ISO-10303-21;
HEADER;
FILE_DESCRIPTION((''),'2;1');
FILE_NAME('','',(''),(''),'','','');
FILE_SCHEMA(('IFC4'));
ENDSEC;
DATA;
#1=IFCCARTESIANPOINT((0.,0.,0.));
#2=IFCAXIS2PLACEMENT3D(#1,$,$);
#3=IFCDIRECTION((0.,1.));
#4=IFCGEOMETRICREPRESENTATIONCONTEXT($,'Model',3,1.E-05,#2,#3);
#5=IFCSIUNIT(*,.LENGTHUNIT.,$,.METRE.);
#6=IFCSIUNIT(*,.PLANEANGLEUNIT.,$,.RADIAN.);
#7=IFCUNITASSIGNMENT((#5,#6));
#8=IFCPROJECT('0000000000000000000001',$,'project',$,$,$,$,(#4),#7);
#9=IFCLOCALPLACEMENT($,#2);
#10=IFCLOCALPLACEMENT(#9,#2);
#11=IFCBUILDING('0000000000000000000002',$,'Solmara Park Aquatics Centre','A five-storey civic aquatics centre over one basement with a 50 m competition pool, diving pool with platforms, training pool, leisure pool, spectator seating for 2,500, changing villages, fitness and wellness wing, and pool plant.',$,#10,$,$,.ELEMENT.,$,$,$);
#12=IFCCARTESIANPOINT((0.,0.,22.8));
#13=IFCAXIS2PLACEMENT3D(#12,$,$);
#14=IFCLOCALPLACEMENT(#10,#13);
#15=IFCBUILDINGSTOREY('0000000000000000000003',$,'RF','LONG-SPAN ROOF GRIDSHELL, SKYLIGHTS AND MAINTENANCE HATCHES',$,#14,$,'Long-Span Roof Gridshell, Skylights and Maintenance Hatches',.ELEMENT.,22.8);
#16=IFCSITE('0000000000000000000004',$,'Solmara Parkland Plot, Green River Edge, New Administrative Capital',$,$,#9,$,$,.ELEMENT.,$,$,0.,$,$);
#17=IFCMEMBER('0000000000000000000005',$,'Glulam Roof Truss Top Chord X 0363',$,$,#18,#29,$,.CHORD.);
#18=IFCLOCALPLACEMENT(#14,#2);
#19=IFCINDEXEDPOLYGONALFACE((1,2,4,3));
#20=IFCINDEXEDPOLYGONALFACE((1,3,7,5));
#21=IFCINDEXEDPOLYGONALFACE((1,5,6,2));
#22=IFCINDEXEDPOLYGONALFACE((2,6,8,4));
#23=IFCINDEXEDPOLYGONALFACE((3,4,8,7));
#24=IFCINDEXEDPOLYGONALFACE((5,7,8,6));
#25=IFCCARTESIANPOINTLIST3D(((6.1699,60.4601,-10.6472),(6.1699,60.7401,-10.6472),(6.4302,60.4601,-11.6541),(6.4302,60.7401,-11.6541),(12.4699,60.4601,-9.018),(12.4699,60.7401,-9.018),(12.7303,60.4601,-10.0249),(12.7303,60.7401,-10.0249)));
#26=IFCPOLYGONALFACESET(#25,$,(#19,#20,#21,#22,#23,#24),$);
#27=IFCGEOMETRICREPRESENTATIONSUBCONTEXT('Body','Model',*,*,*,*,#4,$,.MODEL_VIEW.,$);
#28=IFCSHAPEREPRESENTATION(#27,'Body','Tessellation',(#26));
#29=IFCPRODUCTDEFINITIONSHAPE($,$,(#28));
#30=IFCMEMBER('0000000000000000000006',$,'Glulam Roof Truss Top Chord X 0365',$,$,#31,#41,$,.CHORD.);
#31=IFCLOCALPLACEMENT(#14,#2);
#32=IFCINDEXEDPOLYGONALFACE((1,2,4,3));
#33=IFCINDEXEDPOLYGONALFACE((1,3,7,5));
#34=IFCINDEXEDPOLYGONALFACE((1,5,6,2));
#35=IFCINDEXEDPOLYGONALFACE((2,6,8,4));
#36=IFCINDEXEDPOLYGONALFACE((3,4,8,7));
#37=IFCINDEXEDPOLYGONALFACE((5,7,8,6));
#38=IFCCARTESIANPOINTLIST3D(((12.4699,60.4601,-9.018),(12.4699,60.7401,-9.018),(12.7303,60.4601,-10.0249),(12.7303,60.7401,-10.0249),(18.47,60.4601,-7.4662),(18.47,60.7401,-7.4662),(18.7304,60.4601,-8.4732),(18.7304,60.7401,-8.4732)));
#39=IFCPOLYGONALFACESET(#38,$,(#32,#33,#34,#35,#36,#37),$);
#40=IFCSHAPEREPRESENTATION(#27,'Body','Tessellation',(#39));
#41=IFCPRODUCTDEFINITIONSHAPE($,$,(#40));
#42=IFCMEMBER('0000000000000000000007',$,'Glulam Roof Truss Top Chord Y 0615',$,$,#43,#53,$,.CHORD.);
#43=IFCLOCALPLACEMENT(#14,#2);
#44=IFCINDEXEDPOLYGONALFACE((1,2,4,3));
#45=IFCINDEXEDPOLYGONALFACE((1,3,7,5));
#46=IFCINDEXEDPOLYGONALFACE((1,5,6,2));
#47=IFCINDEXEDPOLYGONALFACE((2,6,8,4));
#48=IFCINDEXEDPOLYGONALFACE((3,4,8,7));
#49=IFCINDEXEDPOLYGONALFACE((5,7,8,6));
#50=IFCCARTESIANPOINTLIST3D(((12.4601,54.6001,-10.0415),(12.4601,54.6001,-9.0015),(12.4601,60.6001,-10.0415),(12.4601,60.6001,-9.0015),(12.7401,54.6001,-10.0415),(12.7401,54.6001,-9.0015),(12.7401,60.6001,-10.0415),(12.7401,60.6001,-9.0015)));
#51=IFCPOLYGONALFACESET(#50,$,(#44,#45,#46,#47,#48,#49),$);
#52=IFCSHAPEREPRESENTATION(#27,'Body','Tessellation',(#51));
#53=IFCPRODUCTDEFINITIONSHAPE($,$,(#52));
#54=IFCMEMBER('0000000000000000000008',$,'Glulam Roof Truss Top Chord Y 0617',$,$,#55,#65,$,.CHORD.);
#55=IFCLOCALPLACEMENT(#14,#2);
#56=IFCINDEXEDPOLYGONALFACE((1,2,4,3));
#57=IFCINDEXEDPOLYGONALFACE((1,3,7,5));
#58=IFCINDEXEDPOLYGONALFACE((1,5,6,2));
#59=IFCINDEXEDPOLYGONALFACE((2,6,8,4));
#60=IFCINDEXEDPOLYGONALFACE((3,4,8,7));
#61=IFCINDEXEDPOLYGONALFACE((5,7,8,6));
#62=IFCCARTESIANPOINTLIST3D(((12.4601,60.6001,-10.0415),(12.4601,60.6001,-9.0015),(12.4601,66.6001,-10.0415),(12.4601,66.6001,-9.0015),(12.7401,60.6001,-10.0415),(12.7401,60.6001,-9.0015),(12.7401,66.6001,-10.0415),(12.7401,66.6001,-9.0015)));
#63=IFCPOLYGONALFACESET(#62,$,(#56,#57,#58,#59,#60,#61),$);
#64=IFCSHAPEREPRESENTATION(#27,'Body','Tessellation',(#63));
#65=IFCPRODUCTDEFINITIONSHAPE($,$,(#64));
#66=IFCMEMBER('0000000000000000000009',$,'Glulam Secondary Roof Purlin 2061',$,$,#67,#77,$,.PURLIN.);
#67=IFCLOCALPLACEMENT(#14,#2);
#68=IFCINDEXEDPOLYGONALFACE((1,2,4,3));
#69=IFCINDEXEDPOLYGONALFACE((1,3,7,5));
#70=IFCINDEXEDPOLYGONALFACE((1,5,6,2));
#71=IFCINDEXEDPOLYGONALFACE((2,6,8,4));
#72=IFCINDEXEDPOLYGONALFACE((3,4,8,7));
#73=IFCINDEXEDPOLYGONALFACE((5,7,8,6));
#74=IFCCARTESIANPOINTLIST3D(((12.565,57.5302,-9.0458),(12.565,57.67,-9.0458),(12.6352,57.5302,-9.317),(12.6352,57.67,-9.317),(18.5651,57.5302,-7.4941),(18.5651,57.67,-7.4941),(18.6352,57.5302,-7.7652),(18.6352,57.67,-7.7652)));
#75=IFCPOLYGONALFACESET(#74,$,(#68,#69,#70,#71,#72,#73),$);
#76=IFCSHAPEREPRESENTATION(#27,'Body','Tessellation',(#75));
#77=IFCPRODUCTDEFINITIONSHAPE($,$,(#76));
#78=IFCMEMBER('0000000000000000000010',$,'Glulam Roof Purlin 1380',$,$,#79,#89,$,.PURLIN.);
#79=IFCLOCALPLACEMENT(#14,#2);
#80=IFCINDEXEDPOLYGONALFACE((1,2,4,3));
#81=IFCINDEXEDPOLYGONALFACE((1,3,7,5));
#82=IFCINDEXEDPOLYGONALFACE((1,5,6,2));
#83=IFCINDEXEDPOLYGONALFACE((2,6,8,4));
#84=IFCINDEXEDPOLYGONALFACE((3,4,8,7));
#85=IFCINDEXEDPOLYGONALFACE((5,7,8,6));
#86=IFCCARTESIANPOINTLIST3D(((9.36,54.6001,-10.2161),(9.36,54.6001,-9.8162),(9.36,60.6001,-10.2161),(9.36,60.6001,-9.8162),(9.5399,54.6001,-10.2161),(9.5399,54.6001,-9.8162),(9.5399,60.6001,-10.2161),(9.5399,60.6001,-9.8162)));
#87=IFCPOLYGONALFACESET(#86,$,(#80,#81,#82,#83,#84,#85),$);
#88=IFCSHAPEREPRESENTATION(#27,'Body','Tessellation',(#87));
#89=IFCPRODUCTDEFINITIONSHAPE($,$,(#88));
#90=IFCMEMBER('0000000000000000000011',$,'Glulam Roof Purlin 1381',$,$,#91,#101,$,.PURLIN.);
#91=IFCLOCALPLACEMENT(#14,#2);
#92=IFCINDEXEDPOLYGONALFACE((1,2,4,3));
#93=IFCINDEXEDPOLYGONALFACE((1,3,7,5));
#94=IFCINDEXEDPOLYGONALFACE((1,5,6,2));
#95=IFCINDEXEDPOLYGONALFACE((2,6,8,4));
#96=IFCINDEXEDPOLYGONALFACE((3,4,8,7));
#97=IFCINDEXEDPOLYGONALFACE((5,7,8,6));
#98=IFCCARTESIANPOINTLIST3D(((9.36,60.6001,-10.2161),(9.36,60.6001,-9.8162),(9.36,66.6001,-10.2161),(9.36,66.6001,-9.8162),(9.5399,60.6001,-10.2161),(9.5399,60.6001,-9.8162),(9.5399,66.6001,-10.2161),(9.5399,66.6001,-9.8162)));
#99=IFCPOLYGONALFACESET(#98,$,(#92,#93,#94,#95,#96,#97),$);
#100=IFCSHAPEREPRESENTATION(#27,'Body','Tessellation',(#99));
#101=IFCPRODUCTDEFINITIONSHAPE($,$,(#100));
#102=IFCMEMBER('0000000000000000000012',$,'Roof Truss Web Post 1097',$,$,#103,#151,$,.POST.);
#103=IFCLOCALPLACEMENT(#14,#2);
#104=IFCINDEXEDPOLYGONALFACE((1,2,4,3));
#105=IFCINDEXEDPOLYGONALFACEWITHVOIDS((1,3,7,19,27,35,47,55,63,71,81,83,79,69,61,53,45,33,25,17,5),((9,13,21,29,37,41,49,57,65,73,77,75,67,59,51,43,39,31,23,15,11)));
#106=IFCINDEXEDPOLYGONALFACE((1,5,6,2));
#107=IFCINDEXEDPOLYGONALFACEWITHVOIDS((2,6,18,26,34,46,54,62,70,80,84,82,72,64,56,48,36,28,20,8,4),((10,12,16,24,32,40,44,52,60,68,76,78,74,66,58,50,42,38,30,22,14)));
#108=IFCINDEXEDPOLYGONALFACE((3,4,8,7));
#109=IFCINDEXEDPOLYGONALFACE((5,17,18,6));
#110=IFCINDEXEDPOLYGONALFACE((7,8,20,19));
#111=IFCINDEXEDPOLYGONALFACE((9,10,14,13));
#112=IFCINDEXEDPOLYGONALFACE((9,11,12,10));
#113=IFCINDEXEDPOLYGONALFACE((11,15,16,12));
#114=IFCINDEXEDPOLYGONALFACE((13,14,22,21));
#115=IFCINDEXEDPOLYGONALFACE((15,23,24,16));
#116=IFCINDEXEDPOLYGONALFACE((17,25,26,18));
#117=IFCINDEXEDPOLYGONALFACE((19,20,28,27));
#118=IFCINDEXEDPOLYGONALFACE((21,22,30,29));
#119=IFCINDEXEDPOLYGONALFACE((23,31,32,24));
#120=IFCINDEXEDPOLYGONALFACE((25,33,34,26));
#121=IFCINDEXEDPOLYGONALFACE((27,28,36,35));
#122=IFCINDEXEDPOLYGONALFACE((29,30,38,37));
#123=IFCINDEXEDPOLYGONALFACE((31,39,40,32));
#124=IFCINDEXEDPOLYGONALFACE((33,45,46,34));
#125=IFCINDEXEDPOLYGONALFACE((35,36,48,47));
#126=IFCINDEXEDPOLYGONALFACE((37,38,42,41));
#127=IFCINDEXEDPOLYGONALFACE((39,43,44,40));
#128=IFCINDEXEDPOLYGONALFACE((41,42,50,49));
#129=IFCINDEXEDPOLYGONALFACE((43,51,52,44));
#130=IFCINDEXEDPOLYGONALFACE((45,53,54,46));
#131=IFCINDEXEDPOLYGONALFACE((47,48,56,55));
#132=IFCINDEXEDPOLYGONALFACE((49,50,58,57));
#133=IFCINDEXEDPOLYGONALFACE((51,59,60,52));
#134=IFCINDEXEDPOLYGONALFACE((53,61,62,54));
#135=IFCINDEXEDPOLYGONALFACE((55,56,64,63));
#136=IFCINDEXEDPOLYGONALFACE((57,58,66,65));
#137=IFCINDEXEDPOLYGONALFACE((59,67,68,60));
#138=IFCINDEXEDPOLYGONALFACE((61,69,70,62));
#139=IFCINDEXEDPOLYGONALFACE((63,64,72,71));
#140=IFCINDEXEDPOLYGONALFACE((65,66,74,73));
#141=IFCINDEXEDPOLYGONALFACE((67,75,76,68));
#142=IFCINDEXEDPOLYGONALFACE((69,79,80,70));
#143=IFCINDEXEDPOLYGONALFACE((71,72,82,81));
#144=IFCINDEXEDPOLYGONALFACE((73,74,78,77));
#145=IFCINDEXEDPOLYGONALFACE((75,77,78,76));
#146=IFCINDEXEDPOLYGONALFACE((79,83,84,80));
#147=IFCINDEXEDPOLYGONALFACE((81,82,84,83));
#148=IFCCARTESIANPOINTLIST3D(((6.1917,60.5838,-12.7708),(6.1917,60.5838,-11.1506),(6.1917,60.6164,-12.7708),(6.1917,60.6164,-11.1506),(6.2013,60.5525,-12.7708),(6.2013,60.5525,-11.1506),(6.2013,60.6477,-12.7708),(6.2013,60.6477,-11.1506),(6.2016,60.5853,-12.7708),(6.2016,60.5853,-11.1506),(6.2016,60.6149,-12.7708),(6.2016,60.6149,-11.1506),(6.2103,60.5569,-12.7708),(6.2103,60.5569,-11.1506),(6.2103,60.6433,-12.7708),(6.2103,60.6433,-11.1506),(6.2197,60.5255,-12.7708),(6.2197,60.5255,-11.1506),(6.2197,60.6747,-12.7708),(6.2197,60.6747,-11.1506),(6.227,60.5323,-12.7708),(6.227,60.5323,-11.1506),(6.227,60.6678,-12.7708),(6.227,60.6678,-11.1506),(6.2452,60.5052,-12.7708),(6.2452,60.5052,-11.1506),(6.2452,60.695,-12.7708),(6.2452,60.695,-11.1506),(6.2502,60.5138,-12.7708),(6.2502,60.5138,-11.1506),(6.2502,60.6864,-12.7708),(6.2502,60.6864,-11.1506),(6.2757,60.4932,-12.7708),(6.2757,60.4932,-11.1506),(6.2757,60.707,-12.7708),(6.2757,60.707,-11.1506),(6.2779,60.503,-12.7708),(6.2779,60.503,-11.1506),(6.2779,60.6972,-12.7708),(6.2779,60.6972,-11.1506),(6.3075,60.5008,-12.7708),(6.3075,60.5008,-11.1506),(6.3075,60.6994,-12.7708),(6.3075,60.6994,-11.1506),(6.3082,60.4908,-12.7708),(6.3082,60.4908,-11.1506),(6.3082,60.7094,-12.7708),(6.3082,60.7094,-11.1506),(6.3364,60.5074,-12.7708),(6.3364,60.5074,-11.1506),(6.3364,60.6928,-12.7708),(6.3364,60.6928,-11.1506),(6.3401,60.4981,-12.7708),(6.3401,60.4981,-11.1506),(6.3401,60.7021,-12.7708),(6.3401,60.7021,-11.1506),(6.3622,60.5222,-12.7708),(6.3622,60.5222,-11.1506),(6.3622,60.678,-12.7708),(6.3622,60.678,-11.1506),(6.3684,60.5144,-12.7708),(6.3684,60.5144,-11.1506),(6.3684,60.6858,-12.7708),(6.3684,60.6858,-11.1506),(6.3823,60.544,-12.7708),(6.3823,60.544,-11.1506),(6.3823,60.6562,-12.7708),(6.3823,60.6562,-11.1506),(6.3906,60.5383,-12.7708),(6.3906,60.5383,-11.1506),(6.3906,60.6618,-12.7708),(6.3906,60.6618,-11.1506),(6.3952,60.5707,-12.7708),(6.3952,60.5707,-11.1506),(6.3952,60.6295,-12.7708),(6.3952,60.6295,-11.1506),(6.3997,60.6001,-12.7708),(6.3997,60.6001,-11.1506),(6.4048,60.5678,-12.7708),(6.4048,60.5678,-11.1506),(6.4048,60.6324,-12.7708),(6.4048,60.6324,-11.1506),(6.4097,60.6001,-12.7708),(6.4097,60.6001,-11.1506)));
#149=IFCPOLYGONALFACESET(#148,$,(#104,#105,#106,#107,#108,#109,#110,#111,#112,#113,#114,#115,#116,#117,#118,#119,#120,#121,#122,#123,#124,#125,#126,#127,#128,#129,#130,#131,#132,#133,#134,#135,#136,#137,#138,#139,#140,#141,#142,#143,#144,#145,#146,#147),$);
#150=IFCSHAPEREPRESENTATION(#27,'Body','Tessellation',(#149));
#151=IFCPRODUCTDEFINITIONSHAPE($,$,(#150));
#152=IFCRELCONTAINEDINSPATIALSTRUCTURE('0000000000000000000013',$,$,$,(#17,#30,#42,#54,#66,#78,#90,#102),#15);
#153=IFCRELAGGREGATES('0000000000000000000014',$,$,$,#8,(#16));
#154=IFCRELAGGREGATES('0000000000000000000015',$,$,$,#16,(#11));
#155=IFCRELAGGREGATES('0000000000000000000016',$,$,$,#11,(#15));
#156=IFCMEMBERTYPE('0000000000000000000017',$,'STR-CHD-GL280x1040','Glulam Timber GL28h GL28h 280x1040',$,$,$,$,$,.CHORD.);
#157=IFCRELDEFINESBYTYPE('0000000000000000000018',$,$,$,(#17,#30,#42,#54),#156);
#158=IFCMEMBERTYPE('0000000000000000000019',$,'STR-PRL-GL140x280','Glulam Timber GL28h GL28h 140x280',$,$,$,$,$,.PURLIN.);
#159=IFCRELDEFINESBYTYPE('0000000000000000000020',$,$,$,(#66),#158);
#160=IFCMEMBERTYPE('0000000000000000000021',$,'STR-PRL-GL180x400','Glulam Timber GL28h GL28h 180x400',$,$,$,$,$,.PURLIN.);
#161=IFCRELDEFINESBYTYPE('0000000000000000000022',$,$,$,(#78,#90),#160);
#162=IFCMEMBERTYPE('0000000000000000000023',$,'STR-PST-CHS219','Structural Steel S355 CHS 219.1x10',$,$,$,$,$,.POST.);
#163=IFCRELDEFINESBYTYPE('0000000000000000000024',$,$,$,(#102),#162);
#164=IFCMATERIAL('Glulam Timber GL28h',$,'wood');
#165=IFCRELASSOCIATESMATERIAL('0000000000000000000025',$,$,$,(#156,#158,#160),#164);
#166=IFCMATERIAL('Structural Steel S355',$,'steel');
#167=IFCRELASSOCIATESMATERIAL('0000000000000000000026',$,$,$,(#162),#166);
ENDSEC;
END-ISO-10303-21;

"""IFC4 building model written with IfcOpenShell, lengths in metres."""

from ifc_helpers import new_model, si_unit, direction, frame, origin, origin_2d, place, context, subcontext, project, spatial, rectangle, hollow_circle, extrude, material, material_profile, profile_set, type_object, element, save


model = new_model("IFC4")

# Units and contexts
model_context = context("Model", 3, precision=1e-05, world=origin(), true_north=direction((0.0, 1.0)))
body_context = subcontext(model_context, "Body", "Model", "MODEL_VIEW")
ifc_project = project(units=[si_unit("LENGTHUNIT", "METRE"), si_unit("PLANEANGLEUNIT", "RADIAN")], contexts=[model_context])

# Site, building, storey
site_placement = place(None, origin())
site = spatial("IfcSite", under=ifc_project, at=site_placement, Name="Solmara Parkland Plot, Green River Edge, New Administrative Capital", CompositionType="ELEMENT", RefElevation=0.0)
building_placement = place(site_placement, origin())
building = spatial("IfcBuilding", under=site, at=building_placement, Name="Solmara Park Aquatics Centre", Description="A five-storey civic aquatics centre over one basement with a 50 m competition pool, diving pool with platforms, training pool, leisure pool, spectator seating for 2,500, changing villages, fitness and wellness wing, and pool plant.", CompositionType="ELEMENT")
storey_placement = place(building_placement, frame((0.0, 0.0, 22.8)))
storey = spatial("IfcBuildingStorey", under=building, at=storey_placement, Name="RF", Description="LONG-SPAN ROOF GRIDSHELL, SKYLIGHTS AND MAINTENANCE HATCHES", LongName="Long-Span Roof Gridshell, Skylights and Maintenance Hatches", CompositionType="ELEMENT", Elevation=22.8)

# Members
ifc_material_1 = material(Name="Structural Steel S355", Category="steel")
ifc_material_2 = material(Name="Glulam Timber GL28h", Category="wood")
ifc_material_profile_1 = material_profile(ifc_material_2, rectangle(XDim=0.28, YDim=1.04, at=origin_2d()), Name="GL28h 280x1040")
ifc_profile_set_1 = profile_set([ifc_material_profile_1], Name="Glulam Timber GL28h")
member_type_1 = type_object("IfcMemberType", Name="STR-CHD-GL280x1040", Description="Glulam Timber GL28h GL28h 280x1040", PredefinedType="CHORD", material=ifc_profile_set_1)
member_1_placement = place(storey_placement, frame((6.3, 60.6001, -11.1506), z_axis=(0.968153, 0.0, 0.250358), x_axis=(0.0, 1.0, 0.0)))
element("IfcMember", 1, at=member_1_placement, inside=storey, type_object=member_type_1, Name="Glulam Roof Truss Top Chord X 0363", PredefinedType="CHORD", context=body_context, shape_type="SweptSolid", body=[
    extrude(rectangle(XDim=0.28, YDim=1.04, at=origin_2d()), origin(), (0.0, 0.0, 1.0), 6.5073),
])
member_2_placement = place(storey_placement, frame((12.6001, 60.6001, -9.5215), z_axis=(0.968146, 0.0, 0.250388), x_axis=(0.0, 1.0, 0.0)))
element("IfcMember", 2, at=member_2_placement, inside=storey, type_object=member_type_1, Name="Glulam Roof Truss Top Chord X 0365", PredefinedType="CHORD", context=body_context, shape_type="SweptSolid", body=[
    extrude(rectangle(XDim=0.28, YDim=1.04, at=origin_2d()), origin(), (0.0, 0.0, 1.0), 6.1975),
])
for number, where, z_axis, x_axis, name in (
    (3, (12.6001, 54.6001, -9.5215), (0.0, 1.0, 0.0), (-1.0, 0.0, 0.0), "Glulam Roof Truss Top Chord Y 0615"),
    (4, (12.6001, 60.6001, -9.5215), (0.0, 1.0, 0.0), (-1.0, 0.0, 0.0), "Glulam Roof Truss Top Chord Y 0617"),
):
    element("IfcMember", number, at=place(storey_placement, frame(where, z_axis=z_axis, x_axis=x_axis)), inside=storey, type_object=member_type_1, Name=name, PredefinedType="CHORD", context=body_context, shape_type="SweptSolid", body=[
        extrude(rectangle(XDim=0.28, YDim=1.04, at=origin_2d()), origin(), (0.0, 0.0, 1.0), 6.0),
    ])
ifc_material_profile_2 = material_profile(ifc_material_2, rectangle(XDim=0.1399, YDim=0.28, at=origin_2d()), Name="GL28h 140x280")
ifc_profile_set_2 = profile_set([ifc_material_profile_2], Name="Glulam Timber GL28h")
member_type_2 = type_object("IfcMemberType", Name="STR-PRL-GL140x280", Description="Glulam Timber GL28h GL28h 140x280", PredefinedType="PURLIN", material=ifc_profile_set_2)
member_3_placement = place(storey_placement, frame((12.6001, 57.6001, -9.1814), z_axis=(0.968146, 0.0, 0.250388), x_axis=(0.0, 1.0, 0.0)))
element("IfcMember", 5, at=member_3_placement, inside=storey, type_object=member_type_2, Name="Glulam Secondary Roof Purlin 2061", PredefinedType="PURLIN", context=body_context, shape_type="SweptSolid", body=[
    extrude(rectangle(XDim=0.1399, YDim=0.28, at=origin_2d()), origin(), (0.0, 0.0, 1.0), 6.1975),
])
ifc_material_profile_3 = material_profile(ifc_material_2, rectangle(XDim=0.1799, YDim=0.3999, at=origin_2d()), Name="GL28h 180x400")
ifc_profile_set_3 = profile_set([ifc_material_profile_3], Name="Glulam Timber GL28h")
member_type_3 = type_object("IfcMemberType", Name="STR-PRL-GL180x400", Description="Glulam Timber GL28h GL28h 180x400", PredefinedType="PURLIN", material=ifc_profile_set_3)
for number, where, z_axis, x_axis, name in (
    (6, (9.45, 54.6001, -10.0161), (0.0, 1.0, 0.0), (-1.0, 0.0, 0.0), "Glulam Roof Purlin 1380"),
    (7, (9.45, 60.6001, -10.0161), (0.0, 1.0, 0.0), (-1.0, 0.0, 0.0), "Glulam Roof Purlin 1381"),
):
    element("IfcMember", number, at=place(storey_placement, frame(where, z_axis=z_axis, x_axis=x_axis)), inside=storey, type_object=member_type_3, Name=name, PredefinedType="PURLIN", context=body_context, shape_type="SweptSolid", body=[
        extrude(rectangle(XDim=0.1799, YDim=0.3999, at=origin_2d()), origin(), (0.0, 0.0, 1.0), 6.0),
    ])
ifc_material_profile_4 = material_profile(ifc_material_1, hollow_circle(Radius=0.1096, WallThickness=0.01, at=origin_2d()), Name="CHS 219.1x10")
ifc_profile_set_4 = profile_set([ifc_material_profile_4], Name="Structural Steel S355")
member_type_4 = type_object("IfcMemberType", Name="STR-PST-CHS219", Description="Structural Steel S355 CHS 219.1x10", PredefinedType="POST", material=ifc_profile_set_4)
member_4_placement = place(storey_placement, frame((6.3, 60.6001, -12.7708), z_axis=(0.0, 0.0, 1.0), x_axis=(1.0, 0.0, 0.0)))
element("IfcMember", 8, at=member_4_placement, inside=storey, type_object=member_type_4, Name="Roof Truss Web Post 1097", PredefinedType="POST", context=body_context, shape_type="SweptSolid", body=[
    extrude(hollow_circle(Radius=0.1096, WallThickness=0.01, at=origin_2d()), origin(), (0.0, 0.0, 1.0), 1.6201),
])

save(model, "model.ifc")
